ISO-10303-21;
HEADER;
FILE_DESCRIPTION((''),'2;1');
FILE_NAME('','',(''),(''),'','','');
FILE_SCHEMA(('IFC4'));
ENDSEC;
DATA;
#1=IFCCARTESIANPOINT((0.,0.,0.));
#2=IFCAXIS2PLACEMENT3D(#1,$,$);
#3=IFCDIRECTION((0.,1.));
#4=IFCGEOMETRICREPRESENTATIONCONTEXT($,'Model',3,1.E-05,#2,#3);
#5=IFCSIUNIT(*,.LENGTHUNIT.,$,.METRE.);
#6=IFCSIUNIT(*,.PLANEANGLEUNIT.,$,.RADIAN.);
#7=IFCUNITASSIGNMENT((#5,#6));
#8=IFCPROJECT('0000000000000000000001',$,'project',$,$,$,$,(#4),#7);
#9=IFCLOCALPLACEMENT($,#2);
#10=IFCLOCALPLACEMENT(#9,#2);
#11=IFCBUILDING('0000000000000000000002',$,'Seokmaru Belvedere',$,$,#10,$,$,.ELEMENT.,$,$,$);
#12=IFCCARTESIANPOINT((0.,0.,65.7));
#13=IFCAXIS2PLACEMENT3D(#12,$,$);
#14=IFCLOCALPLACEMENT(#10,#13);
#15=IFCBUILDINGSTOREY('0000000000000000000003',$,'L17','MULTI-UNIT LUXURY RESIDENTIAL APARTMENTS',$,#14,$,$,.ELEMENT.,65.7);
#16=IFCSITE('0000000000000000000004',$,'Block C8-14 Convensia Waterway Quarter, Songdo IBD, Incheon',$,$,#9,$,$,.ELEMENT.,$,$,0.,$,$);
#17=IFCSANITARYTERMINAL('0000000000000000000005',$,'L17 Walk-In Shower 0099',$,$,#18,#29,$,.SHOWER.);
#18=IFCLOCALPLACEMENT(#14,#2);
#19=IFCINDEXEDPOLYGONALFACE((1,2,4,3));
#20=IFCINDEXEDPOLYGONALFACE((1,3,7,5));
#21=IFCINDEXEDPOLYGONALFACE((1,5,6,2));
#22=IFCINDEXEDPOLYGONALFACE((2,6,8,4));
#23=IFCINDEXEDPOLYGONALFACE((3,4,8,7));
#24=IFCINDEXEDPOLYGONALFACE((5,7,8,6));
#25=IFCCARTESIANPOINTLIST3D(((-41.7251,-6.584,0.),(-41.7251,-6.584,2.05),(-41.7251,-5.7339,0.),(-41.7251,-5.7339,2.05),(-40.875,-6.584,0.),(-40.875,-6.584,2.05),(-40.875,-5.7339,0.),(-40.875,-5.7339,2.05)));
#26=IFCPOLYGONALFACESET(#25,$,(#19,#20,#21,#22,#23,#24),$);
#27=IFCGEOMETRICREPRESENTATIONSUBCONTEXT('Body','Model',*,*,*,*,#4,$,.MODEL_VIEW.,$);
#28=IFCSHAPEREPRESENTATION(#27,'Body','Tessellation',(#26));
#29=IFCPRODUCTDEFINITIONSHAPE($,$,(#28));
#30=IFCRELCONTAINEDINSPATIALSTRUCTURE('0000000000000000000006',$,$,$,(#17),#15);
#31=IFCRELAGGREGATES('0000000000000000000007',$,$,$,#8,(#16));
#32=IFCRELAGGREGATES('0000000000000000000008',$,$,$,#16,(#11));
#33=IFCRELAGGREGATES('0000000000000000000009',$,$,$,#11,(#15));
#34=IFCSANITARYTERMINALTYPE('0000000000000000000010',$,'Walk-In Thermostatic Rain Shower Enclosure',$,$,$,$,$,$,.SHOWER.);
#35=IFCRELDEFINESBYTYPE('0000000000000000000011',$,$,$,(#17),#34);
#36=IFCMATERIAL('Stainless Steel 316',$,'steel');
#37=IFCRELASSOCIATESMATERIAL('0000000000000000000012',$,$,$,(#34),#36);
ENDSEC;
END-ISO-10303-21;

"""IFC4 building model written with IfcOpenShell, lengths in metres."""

from ifc_helpers import new_model, si_unit, direction, frame, origin, origin_2d, place, context, subcontext, project, spatial, rectangle, extrude, source, transform, mapped, material, type_object, type_shapes, element, save


model = new_model("IFC4")

# Units and contexts
model_context = context("Model", 3, precision=1e-05, world=origin(), true_north=direction((0.0, 1.0)))
body_context = subcontext(model_context, "Body", "Model", "MODEL_VIEW")
ifc_project = project(units=[si_unit("LENGTHUNIT", "METRE"), si_unit("PLANEANGLEUNIT", "RADIAN")], contexts=[model_context])

# Site, building, storey
site_placement = place(None, origin())
site = spatial("IfcSite", under=ifc_project, at=site_placement, Name="Block C8-14 Convensia Waterway Quarter, Songdo IBD, Incheon", CompositionType="ELEMENT", RefElevation=0.0)
building_placement = place(site_placement, origin())
building = spatial("IfcBuilding", under=site, at=building_placement, Name="Seokmaru Belvedere", CompositionType="ELEMENT")
storey_placement = place(building_placement, frame((0.0, 0.0, 65.7)))
storey = spatial("IfcBuildingStorey", under=building, at=storey_placement, Name="L17", Description="MULTI-UNIT LUXURY RESIDENTIAL APARTMENTS", CompositionType="ELEMENT", Elevation=65.7)

# Sanitary terminal
ifc_material_1 = material(Name="Stainless Steel 316", Category="steel")
sanitary_terminal_type_1 = type_object("IfcSanitaryTerminalType", Name="Walk-In Thermostatic Rain Shower Enclosure", PredefinedType="SHOWER", material=ifc_material_1)
shared_shape_1 = source(origin(), body_context, "Body", "SweptSolid", [
    extrude(rectangle(XDim=0.8501, YDim=0.8501, at=origin_2d()), origin(), (0.0, 0.0, 1.0), 2.05),
])
type_shapes(sanitary_terminal_type_1, [shared_shape_1])
sanitary_terminal_1_placement = place(storey_placement, frame((-41.3, -6.1589, 0.0), z_axis=(0.0, 0.0, 1.0), x_axis=(1.0, 0.0, 0.0)))
element("IfcSanitaryTerminal", 1, at=sanitary_terminal_1_placement, inside=storey, type_object=sanitary_terminal_type_1, Name="L17 Walk-In Shower 0099", PredefinedType="SHOWER", context=body_context, shape_type="MappedRepresentation", body=[
    mapped(shared_shape_1, transform((0.0, 0.0, 0.0), scale=1.0)),
])

save(model, "model.ifc")
